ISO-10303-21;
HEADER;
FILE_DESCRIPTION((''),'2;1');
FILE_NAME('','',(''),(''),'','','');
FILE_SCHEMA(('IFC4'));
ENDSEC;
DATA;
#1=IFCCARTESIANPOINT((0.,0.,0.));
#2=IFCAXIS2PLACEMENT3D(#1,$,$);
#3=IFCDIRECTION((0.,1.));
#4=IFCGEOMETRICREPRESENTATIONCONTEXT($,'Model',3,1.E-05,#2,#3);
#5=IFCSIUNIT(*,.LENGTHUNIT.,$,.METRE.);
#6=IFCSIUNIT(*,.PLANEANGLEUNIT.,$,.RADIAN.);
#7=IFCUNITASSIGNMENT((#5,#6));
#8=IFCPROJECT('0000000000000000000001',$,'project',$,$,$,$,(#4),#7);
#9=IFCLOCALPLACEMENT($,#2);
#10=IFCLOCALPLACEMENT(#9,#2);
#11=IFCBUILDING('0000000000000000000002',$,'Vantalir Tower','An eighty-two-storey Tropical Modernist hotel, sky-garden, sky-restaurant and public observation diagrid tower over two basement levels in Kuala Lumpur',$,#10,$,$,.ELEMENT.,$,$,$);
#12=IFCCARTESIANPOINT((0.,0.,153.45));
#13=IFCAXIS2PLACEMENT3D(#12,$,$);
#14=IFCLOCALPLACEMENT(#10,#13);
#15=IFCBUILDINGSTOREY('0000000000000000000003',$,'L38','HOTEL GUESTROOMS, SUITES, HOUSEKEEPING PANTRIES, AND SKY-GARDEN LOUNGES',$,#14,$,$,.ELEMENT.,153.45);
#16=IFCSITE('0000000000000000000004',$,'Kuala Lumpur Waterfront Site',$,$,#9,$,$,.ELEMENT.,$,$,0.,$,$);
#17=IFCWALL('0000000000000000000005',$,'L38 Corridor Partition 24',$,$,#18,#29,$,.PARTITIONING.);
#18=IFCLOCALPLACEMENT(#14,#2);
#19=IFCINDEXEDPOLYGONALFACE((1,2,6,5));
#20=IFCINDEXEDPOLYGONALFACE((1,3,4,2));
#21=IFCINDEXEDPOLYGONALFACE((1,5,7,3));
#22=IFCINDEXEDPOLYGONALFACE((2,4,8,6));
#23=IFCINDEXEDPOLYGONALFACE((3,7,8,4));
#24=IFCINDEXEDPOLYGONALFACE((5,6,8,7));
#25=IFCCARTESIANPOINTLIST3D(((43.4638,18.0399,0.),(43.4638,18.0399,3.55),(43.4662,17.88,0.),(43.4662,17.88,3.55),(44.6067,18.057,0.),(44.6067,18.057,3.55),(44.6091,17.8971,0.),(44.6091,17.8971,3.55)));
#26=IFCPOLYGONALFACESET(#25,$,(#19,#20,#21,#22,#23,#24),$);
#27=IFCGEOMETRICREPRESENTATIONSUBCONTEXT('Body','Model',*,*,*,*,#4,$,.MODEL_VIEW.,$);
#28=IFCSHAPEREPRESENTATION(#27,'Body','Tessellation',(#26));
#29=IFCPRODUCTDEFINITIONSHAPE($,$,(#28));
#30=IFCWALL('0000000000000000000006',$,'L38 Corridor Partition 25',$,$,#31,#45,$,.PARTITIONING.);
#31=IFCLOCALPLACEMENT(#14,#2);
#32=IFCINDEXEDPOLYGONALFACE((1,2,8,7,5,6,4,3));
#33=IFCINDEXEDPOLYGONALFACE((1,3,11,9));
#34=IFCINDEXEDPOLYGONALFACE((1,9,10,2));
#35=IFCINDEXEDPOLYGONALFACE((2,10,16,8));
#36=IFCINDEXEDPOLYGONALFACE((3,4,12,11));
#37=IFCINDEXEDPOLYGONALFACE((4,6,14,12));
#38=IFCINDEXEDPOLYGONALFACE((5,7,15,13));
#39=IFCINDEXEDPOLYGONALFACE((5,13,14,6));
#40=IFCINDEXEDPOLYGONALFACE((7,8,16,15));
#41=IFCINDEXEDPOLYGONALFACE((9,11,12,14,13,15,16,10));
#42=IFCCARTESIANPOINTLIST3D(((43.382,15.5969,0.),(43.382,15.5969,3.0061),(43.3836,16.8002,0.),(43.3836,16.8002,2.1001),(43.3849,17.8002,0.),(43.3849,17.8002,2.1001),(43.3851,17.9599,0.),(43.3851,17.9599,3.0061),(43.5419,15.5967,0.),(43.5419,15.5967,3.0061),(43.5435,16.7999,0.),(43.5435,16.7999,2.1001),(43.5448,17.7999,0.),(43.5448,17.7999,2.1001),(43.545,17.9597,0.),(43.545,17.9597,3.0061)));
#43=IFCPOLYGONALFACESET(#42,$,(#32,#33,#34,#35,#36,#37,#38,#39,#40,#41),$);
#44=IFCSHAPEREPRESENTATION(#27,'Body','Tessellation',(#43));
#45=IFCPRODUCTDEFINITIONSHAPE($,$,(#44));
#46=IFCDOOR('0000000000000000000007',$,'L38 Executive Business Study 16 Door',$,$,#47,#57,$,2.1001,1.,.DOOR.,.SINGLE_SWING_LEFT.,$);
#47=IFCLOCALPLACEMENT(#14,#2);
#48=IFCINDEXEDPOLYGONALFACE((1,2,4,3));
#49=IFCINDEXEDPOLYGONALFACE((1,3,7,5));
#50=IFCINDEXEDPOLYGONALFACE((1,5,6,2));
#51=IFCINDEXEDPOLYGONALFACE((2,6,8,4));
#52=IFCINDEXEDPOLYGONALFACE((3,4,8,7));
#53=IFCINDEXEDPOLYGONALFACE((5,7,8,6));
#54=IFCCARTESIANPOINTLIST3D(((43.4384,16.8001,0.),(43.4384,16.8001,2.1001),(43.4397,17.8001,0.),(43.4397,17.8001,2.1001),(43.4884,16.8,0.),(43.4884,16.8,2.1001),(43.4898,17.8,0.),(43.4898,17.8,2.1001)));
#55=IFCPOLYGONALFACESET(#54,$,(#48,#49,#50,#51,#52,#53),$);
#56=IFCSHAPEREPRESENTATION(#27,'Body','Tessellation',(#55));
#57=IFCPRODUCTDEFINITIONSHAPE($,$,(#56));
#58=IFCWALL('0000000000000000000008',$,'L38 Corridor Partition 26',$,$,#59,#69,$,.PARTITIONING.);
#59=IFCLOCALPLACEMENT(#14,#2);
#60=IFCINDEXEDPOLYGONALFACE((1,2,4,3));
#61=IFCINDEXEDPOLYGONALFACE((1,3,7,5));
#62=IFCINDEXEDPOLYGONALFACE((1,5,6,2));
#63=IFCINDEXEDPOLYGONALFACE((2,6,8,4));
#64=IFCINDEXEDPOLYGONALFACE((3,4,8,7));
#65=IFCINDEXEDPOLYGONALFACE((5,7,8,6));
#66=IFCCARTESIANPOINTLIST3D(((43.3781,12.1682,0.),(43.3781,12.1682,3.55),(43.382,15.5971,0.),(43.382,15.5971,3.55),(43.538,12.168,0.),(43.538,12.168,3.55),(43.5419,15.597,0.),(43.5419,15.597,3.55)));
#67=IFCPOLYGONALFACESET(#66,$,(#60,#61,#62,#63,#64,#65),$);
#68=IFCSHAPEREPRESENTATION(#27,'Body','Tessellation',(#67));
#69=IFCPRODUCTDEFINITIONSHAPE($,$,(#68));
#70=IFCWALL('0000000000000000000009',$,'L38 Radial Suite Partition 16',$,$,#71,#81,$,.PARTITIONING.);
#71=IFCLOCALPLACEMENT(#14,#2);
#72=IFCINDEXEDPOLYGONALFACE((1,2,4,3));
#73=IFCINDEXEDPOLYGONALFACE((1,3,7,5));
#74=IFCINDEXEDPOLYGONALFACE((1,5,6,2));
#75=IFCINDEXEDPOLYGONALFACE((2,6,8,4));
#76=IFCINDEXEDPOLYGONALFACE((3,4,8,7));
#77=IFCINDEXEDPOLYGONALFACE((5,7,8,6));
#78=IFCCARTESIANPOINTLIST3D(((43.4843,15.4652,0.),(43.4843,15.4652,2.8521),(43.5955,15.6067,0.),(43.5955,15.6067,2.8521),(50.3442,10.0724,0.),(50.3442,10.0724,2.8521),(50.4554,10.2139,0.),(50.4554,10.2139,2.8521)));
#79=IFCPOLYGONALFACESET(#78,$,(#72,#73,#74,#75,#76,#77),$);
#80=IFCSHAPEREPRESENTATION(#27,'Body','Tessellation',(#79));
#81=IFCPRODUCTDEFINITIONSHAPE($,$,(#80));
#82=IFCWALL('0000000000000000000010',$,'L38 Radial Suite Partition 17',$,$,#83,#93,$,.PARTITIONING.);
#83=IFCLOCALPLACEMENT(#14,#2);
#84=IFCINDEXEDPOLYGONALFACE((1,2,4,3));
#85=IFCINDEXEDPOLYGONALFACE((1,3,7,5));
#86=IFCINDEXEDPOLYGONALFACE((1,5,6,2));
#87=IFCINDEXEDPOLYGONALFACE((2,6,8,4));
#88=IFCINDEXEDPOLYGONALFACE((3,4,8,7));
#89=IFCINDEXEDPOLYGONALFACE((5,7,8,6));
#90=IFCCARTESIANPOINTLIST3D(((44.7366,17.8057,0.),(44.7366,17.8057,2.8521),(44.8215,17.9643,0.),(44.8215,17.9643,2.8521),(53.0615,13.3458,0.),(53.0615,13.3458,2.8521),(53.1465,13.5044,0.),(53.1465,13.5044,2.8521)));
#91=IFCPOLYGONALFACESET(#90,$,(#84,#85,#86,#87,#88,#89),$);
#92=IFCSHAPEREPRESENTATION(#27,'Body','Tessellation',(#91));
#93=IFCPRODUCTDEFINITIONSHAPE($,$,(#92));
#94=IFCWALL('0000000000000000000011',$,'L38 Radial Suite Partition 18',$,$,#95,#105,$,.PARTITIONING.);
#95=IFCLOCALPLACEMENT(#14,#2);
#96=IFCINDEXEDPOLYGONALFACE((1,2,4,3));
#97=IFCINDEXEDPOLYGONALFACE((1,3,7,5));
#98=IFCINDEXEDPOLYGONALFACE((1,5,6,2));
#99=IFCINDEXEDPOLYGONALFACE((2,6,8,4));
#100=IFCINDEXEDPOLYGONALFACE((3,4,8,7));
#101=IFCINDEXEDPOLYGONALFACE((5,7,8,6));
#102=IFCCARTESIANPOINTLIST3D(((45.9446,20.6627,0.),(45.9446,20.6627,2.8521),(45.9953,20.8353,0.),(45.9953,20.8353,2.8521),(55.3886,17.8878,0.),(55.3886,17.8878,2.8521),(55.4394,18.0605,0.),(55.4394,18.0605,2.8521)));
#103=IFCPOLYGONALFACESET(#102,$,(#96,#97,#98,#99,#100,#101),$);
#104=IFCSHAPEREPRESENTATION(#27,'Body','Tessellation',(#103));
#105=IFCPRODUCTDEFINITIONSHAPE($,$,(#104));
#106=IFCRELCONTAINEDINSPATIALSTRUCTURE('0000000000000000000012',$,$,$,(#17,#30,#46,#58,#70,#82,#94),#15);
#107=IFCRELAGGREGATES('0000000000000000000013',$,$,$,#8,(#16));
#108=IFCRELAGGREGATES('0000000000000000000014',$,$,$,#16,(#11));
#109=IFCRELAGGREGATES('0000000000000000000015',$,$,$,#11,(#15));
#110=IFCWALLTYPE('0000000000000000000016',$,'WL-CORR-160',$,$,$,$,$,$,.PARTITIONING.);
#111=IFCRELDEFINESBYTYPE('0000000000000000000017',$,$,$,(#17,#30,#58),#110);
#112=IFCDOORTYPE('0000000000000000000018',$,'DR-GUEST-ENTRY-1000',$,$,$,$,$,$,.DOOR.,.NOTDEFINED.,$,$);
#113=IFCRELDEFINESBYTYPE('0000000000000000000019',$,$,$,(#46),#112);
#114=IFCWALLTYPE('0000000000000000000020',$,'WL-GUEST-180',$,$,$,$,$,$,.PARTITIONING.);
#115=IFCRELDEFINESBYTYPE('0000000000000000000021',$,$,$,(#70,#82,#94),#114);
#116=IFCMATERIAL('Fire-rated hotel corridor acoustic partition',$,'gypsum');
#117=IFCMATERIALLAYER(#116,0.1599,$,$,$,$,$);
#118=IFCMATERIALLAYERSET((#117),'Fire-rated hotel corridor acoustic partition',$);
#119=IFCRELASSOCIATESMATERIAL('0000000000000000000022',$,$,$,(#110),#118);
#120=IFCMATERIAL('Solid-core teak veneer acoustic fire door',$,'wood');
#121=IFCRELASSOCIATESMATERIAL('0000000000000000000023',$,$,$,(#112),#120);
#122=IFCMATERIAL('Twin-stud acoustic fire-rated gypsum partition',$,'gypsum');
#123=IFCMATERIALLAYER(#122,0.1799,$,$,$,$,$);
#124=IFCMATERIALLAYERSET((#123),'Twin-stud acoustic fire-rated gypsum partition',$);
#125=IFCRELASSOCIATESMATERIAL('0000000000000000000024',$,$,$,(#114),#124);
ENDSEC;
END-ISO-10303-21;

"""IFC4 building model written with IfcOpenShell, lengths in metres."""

from ifc_helpers import new_model, si_unit, direction, frame, frame_2d, origin, place, context, subcontext, project, spatial, rectangle, extrude, material, layer, layer_set, type_object, element, fill, save


model = new_model("IFC4")

# Units and contexts
model_context = context("Model", 3, precision=1e-05, world=origin(), true_north=direction((0.0, 1.0)))
body_context = subcontext(model_context, "Body", "Model", "MODEL_VIEW")
ifc_project = project(units=[si_unit("LENGTHUNIT", "METRE"), si_unit("PLANEANGLEUNIT", "RADIAN")], contexts=[model_context])

# Site, building, storey
site_placement = place(None, origin())
site = spatial("IfcSite", under=ifc_project, at=site_placement, Name="Kuala Lumpur Waterfront Site", CompositionType="ELEMENT", RefElevation=0.0)
building_placement = place(site_placement, origin())
building = spatial("IfcBuilding", under=site, at=building_placement, Name="Vantalir Tower", Description="An eighty-two-storey Tropical Modernist hotel, sky-garden, sky-restaurant and public observation diagrid tower over two basement levels in Kuala Lumpur", CompositionType="ELEMENT")
storey_placement = place(building_placement, frame((0.0, 0.0, 153.45)))
storey = spatial("IfcBuildingStorey", under=building, at=storey_placement, Name="L38", Description="HOTEL GUESTROOMS, SUITES, HOUSEKEEPING PANTRIES, AND SKY-GARDEN LOUNGES", CompositionType="ELEMENT", Elevation=153.45)

# Shared definitions
ifc_material_1 = material(Name="Fire-rated hotel corridor acoustic partition", Category="gypsum")
ifc_layer_1 = layer(ifc_material_1, 0.1599)
ifc_layer_set_1 = layer_set([ifc_layer_1], Name="Fire-rated hotel corridor acoustic partition")
wall_type_1 = type_object("IfcWallType", Name="WL-CORR-160", PredefinedType="PARTITIONING", material=ifc_layer_set_1)
ifc_material_2 = material(Name="Solid-core teak veneer acoustic fire door", Category="wood")
door_type_1 = type_object("IfcDoorType", Name="DR-GUEST-ENTRY-1000", OperationType="NOTDEFINED", PredefinedType="DOOR", material=ifc_material_2)

# Wall
wall_1_placement = place(storey_placement, frame((44.6079, 17.9771, 0.0), z_axis=(0.0, 0.0, 1.0), x_axis=(-0.999888, -0.014952, 0.0)))
element("IfcWall", 1, at=wall_1_placement, inside=storey, type_object=wall_type_1, Name="L38 Corridor Partition 24", PredefinedType="PARTITIONING", context=body_context, shape_type="SweptSolid", body=[
    extrude(rectangle(XDim=1.1431, YDim=0.1599, at=frame_2d((0.5715, 0.0))), origin(), (0.0, 0.0, 1.0), 3.55),
])

# Wall, opening, door
wall_2_placement = place(storey_placement, frame((43.4651, 17.96, 0.0), z_axis=(0.0, 0.0, 1.0), x_axis=(-0.001343, -0.999999, 0.0)))
wall_2 = element("IfcWall", 2, at=wall_2_placement, inside=storey, type_object=wall_type_1, Name="L38 Corridor Partition 25", PredefinedType="PARTITIONING", context=body_context, shape_type="SweptSolid", body=[
    extrude(rectangle(XDim=2.363, YDim=0.1599, at=frame_2d((1.1816, 0.0))), origin(), (0.0, 0.0, 1.0), 3.0061),
])
opening_1_placement = place(wall_2_placement, frame((0.1599, 0.0, 0.0)))
opening_1 = element("IfcOpeningElement", 3, at=opening_1_placement, cuts=wall_2, PredefinedType="OPENING", context=body_context, shape_type="SweptSolid", body=[
    extrude(rectangle(XDim=1.0, YDim=2.1001, at=frame_2d((0.5, 1.05))), frame((0.0, 0.0898, 0.0), z_axis=(0.0, -1.0, 0.0), x_axis=(1.0, 0.0, 0.0)), (0.0, 0.0, 1.0), 0.1799),
])
door_1_placement = place(opening_1_placement, origin())
door_1 = element("IfcDoor", 4, at=door_1_placement, inside=storey, type_object=door_type_1, Name="L38 Executive Business Study 16 Door", OperationType="SINGLE_SWING_LEFT", OverallHeight=2.1001, OverallWidth=1.0, PredefinedType="DOOR", context=body_context, shape_type="SweptSolid", body=[
    extrude(rectangle(XDim=1.0, YDim=2.1001, at=frame_2d((0.5, 1.05))), frame((0.0, 0.0249, 0.0), z_axis=(0.0, -1.0, 0.0), x_axis=(1.0, 0.0, 0.0)), (0.0, 0.0, 1.0), 0.05),
])
fill(opening_1, door_1)

# Walls
wall_3_placement = place(storey_placement, frame((43.4619, 15.5969, 0.0), z_axis=(0.0, 0.0, 1.0), x_axis=(-0.001139, -0.999999, 0.0)))
element("IfcWall", 5, at=wall_3_placement, inside=storey, type_object=wall_type_1, Name="L38 Corridor Partition 26", PredefinedType="PARTITIONING", context=body_context, shape_type="SweptSolid", body=[
    extrude(rectangle(XDim=3.429, YDim=0.1599, at=frame_2d((1.7144, 0.0))), origin(), (0.0, 0.0, 1.0), 3.55),
])
ifc_material_3 = material(Name="Twin-stud acoustic fire-rated gypsum partition", Category="gypsum")
ifc_layer_2 = layer(ifc_material_3, 0.1799)
ifc_layer_set_2 = layer_set([ifc_layer_2], Name="Twin-stud acoustic fire-rated gypsum partition")
wall_type_2 = type_object("IfcWallType", Name="WL-GUEST-180", PredefinedType="PARTITIONING", material=ifc_layer_set_2)
wall_4_placement = place(storey_placement, frame((43.54, 15.5359, 0.0), z_axis=(0.0, 0.0, 1.0), x_axis=(0.786155, -0.618029, 0.0)))
element("IfcWall", 6, at=wall_4_placement, inside=storey, type_object=wall_type_2, Name="L38 Radial Suite Partition 16", PredefinedType="PARTITIONING", context=body_context, shape_type="SweptSolid", body=[
    extrude(rectangle(XDim=8.7258, YDim=0.1799, at=frame_2d((4.3628, 0.0))), origin(), (0.0, 0.0, 1.0), 2.8521),
])
wall_5_placement = place(storey_placement, frame((44.7791, 17.885, 0.0), z_axis=(0.0, 0.0, 1.0), x_axis=(0.881473, -0.472235, 0.0)))
element("IfcWall", 7, at=wall_5_placement, inside=storey, type_object=wall_type_2, Name="L38 Radial Suite Partition 17", PredefinedType="PARTITIONING", context=body_context, shape_type="SweptSolid", body=[
    extrude(rectangle(XDim=9.4443, YDim=0.1799, at=frame_2d((4.7222, 0.0))), origin(), (0.0, 0.0, 1.0), 2.8521),
])
wall_6_placement = place(storey_placement, frame((45.97, 20.749, 0.0), z_axis=(0.0, 0.0, 1.0), x_axis=(0.959442, -0.281907, 0.0)))
element("IfcWall", 8, at=wall_6_placement, inside=storey, type_object=wall_type_2, Name="L38 Radial Suite Partition 18", PredefinedType="PARTITIONING", context=body_context, shape_type="SweptSolid", body=[
    extrude(rectangle(XDim=9.8433, YDim=0.1799, at=frame_2d((4.9216, 0.0))), origin(), (0.0, 0.0, 1.0), 2.8521),
])

save(model, "model.ifc")
